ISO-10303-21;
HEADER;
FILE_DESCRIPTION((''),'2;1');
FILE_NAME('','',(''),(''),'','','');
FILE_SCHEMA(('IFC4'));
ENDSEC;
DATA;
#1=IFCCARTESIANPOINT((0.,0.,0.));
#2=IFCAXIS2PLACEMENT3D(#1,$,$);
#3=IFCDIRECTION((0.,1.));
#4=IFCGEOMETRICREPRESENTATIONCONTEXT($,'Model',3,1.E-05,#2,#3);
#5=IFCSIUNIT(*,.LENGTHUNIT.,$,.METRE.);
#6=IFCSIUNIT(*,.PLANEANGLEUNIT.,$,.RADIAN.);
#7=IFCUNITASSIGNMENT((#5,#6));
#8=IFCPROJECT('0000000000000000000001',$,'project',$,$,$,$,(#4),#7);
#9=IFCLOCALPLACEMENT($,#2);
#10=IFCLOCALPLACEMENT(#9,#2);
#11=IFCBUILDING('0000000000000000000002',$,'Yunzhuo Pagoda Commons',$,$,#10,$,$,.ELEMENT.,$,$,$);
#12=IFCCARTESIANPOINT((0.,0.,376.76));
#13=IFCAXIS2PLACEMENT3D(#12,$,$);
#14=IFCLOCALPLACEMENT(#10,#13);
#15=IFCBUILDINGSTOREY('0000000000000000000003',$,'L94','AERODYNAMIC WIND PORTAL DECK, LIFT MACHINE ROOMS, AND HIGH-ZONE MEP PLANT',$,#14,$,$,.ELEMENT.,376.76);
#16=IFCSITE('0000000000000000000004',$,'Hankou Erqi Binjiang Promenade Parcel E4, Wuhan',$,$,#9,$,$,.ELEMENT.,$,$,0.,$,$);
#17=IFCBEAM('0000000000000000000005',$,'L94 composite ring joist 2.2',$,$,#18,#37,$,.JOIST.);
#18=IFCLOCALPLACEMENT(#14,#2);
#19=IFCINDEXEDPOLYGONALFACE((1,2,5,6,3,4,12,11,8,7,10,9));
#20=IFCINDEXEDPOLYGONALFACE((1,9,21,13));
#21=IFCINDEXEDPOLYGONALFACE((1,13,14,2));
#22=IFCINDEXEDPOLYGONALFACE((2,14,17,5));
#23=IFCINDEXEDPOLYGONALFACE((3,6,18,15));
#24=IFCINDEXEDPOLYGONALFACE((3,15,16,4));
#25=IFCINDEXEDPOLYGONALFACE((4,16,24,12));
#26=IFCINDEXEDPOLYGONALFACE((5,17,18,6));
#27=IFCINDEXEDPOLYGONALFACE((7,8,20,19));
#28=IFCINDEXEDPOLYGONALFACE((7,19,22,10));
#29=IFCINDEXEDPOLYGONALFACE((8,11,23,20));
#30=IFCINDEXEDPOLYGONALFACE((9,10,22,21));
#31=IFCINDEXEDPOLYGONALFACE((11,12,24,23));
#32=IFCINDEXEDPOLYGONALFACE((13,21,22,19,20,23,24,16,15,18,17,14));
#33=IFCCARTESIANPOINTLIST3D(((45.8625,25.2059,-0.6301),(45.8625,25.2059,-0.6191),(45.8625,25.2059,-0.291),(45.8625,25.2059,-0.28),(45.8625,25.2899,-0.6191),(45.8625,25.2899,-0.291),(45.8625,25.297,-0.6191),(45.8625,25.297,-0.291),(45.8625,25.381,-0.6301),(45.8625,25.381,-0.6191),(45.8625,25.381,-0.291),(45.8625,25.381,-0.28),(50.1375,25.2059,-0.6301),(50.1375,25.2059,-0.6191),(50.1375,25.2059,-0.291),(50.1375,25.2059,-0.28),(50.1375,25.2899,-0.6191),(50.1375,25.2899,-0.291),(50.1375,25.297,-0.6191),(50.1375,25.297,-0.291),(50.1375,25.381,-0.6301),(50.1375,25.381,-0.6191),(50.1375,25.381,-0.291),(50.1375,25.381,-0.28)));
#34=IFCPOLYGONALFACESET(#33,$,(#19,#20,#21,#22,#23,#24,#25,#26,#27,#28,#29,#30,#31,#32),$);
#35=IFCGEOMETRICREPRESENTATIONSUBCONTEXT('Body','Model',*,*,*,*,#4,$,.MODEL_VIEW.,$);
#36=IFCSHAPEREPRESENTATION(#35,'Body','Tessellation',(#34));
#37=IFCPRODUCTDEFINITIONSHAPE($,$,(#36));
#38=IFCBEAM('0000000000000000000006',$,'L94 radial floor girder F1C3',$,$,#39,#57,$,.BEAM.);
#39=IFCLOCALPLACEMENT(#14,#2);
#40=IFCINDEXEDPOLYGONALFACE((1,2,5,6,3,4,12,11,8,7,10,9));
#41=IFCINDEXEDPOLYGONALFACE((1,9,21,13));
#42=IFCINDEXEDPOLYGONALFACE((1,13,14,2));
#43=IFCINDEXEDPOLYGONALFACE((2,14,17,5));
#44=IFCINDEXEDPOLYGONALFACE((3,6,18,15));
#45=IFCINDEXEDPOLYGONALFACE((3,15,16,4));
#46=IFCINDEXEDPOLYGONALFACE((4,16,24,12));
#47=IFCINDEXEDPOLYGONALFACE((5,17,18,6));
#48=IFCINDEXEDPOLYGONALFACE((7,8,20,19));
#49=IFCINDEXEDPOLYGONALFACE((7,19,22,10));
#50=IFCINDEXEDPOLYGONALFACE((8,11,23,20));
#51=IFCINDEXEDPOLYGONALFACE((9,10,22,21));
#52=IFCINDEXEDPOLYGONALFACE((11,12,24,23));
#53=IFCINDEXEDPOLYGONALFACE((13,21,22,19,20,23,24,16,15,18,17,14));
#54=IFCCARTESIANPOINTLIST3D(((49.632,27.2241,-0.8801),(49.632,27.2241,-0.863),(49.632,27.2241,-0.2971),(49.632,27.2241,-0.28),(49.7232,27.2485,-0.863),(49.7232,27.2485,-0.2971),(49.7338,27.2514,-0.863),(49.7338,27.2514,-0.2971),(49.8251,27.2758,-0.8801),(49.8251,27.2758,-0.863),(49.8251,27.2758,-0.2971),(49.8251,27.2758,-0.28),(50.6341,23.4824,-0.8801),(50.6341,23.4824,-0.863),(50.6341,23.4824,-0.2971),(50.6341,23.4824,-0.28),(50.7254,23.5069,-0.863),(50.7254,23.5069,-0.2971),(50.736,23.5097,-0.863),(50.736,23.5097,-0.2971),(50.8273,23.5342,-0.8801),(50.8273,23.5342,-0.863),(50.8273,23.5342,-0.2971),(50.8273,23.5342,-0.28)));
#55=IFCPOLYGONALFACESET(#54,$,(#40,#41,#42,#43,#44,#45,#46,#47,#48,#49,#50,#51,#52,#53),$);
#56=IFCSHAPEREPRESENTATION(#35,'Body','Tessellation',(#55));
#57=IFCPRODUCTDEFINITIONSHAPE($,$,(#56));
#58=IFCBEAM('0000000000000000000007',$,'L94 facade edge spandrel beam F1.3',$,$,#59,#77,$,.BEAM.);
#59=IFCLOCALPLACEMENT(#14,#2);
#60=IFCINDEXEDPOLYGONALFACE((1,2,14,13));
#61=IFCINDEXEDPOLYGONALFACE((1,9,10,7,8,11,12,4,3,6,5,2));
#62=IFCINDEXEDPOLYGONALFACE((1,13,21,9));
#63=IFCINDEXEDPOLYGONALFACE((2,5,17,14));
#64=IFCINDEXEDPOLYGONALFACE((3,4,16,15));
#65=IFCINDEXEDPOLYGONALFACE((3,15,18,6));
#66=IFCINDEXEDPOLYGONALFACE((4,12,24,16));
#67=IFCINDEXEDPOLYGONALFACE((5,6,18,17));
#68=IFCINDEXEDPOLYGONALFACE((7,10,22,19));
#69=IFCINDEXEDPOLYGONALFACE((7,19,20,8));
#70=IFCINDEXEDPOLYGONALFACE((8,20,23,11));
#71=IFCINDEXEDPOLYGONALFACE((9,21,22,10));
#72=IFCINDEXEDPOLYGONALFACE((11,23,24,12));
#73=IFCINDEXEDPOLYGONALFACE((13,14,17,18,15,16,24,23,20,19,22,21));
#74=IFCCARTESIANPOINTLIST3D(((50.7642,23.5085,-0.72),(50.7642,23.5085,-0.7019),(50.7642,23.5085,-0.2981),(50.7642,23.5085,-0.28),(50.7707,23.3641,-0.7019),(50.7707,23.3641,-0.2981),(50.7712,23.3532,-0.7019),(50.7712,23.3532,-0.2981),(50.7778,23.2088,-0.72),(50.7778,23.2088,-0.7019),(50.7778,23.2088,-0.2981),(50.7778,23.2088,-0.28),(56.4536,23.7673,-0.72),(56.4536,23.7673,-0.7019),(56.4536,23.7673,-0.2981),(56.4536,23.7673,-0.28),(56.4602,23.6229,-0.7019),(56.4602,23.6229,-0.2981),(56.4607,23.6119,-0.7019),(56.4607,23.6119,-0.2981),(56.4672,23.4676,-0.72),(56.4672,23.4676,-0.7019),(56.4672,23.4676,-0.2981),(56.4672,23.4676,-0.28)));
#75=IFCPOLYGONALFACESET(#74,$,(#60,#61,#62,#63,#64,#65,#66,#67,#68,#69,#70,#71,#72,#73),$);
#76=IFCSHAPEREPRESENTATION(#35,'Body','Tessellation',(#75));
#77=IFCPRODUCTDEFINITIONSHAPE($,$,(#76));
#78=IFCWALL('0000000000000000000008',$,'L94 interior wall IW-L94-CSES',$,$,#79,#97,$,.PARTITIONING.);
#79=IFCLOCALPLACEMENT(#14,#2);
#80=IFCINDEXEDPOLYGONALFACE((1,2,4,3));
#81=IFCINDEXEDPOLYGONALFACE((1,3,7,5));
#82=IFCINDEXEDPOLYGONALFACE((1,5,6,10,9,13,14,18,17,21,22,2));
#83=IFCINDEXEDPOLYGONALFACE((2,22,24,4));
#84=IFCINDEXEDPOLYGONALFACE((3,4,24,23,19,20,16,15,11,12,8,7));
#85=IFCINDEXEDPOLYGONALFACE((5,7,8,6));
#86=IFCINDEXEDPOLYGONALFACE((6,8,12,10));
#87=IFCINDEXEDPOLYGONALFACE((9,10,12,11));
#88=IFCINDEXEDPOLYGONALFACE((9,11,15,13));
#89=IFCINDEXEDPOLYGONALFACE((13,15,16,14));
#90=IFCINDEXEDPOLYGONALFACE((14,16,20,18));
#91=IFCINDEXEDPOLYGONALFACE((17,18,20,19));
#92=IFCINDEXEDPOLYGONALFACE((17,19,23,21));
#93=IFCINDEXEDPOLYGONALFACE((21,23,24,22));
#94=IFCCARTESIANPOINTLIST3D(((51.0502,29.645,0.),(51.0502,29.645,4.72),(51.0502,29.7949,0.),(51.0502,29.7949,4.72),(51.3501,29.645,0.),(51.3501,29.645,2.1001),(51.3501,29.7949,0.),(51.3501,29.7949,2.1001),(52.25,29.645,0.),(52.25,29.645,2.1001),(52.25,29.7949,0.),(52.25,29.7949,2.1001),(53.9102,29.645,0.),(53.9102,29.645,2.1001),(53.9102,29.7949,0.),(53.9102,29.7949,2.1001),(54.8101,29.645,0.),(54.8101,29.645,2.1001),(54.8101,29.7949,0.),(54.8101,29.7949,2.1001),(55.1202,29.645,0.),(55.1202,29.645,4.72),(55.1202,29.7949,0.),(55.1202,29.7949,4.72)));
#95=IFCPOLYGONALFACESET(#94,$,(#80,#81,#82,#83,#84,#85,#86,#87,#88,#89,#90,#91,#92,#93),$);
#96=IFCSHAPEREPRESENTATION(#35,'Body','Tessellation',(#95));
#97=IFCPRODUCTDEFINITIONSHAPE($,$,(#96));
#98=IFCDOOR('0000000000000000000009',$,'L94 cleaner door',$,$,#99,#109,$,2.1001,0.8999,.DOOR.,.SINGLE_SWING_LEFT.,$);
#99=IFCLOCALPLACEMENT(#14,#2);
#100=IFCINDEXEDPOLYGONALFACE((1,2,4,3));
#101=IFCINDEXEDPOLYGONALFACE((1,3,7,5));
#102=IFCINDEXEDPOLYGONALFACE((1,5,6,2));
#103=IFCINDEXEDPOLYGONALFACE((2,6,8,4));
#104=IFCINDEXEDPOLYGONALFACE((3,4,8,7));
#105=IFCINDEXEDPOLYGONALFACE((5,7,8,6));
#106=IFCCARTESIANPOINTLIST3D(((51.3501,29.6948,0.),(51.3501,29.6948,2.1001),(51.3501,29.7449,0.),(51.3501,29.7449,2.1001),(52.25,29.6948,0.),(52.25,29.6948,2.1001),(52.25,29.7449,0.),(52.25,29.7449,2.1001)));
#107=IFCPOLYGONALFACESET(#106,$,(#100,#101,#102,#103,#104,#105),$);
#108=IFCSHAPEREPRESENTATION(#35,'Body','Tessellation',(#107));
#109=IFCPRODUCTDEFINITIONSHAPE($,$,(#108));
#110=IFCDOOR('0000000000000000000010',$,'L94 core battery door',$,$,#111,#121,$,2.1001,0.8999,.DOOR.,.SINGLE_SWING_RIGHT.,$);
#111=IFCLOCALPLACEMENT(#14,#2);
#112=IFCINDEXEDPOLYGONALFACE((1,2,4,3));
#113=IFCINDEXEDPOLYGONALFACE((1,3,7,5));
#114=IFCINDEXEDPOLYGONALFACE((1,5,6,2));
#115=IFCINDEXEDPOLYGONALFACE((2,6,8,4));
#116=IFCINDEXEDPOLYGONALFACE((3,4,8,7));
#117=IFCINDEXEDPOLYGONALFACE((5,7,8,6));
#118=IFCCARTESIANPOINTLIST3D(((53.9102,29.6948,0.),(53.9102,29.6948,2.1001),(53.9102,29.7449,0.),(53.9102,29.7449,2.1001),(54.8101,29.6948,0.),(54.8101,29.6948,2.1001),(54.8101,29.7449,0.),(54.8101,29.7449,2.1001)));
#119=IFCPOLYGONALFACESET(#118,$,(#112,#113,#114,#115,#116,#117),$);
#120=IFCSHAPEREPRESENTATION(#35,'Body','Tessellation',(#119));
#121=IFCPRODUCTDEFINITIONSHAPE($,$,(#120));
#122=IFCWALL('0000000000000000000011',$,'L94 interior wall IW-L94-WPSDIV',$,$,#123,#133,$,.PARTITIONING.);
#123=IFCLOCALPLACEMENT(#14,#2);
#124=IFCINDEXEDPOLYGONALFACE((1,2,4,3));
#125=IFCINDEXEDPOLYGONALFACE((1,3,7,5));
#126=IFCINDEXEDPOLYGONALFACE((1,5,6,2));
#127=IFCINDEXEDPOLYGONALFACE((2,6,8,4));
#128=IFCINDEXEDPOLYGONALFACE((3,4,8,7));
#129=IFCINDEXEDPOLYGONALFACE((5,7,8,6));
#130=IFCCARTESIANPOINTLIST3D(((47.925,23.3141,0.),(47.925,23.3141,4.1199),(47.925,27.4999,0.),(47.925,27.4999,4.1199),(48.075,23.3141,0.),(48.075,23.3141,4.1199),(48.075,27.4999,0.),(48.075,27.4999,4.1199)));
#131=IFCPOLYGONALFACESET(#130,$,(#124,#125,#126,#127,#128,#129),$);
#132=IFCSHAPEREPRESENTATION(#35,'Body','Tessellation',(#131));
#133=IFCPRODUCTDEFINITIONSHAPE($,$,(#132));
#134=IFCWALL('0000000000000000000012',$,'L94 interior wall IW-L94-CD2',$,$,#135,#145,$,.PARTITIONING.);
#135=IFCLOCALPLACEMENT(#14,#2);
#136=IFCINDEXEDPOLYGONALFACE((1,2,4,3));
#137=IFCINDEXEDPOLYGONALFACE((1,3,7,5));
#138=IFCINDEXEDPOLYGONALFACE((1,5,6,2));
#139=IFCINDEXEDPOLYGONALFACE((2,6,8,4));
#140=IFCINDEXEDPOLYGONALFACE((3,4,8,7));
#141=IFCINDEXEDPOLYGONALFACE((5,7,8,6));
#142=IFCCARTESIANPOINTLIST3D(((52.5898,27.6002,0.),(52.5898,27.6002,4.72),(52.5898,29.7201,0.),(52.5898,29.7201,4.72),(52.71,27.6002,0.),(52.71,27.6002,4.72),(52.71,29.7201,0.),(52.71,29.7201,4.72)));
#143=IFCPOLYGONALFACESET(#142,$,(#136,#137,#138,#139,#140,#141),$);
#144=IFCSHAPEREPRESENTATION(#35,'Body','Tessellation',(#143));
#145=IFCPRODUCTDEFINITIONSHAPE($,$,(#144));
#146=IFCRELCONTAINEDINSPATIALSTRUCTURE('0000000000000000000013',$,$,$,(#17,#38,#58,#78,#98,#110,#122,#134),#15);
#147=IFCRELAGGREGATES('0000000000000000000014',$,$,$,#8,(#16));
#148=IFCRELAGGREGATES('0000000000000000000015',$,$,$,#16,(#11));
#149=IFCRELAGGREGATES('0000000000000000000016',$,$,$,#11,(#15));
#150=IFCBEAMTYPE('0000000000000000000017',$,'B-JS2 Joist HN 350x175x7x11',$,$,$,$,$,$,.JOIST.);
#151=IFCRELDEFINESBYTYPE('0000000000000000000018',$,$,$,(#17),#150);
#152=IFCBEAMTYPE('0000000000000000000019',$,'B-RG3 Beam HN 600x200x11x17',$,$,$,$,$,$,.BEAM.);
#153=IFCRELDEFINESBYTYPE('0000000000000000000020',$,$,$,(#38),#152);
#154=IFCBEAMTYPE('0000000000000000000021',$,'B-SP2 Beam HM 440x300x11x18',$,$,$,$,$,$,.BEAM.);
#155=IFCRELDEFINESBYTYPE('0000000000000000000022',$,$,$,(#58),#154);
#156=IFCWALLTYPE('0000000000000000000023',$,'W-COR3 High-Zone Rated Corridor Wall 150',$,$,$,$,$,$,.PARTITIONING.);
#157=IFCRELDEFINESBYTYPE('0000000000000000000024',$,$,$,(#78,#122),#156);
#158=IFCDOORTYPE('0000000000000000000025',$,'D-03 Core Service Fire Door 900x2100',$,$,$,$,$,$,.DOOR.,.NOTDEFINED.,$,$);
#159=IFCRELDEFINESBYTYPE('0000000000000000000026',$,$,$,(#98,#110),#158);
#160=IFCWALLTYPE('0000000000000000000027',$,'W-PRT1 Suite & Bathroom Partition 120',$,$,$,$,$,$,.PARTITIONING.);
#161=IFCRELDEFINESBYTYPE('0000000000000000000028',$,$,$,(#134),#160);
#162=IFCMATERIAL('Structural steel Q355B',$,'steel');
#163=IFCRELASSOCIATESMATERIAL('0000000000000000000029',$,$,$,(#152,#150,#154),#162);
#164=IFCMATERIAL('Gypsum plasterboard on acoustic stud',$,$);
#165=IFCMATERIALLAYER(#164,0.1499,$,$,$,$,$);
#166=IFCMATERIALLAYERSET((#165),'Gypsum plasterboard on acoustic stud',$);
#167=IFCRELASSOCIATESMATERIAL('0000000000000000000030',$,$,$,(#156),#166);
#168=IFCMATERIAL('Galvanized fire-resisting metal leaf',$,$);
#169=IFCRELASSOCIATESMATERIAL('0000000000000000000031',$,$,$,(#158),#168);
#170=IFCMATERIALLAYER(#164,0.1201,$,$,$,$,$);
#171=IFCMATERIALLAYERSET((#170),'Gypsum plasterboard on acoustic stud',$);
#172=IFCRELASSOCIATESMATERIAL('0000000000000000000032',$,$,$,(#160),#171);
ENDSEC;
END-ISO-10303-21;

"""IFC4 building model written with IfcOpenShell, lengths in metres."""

from ifc_helpers import new_model, si_unit, direction, frame, frame_2d, origin, origin_with_axes, origin_2d, place, context, subcontext, project, spatial, rectangle, i_section, extrude, source, transform, mapped, material, layer, layer_set, material_profile, profile_set, type_object, element, fill, save


model = new_model("IFC4")

# Units and contexts
model_context = context("Model", 3, precision=1e-05, world=origin(), true_north=direction((0.0, 1.0)))
body_context = subcontext(model_context, "Body", "Model", "MODEL_VIEW")
ifc_project = project(units=[si_unit("LENGTHUNIT", "METRE"), si_unit("PLANEANGLEUNIT", "RADIAN")], contexts=[model_context])

# Site, building, storey
site_placement = place(None, origin())
site = spatial("IfcSite", under=ifc_project, at=site_placement, Name="Hankou Erqi Binjiang Promenade Parcel E4, Wuhan", CompositionType="ELEMENT", RefElevation=0.0)
building_placement = place(site_placement, origin())
building = spatial("IfcBuilding", under=site, at=building_placement, Name="Yunzhuo Pagoda Commons", CompositionType="ELEMENT")
storey_placement = place(building_placement, frame((0.0, 0.0, 376.76)))
storey = spatial("IfcBuildingStorey", under=building, at=storey_placement, Name="L94", Description="AERODYNAMIC WIND PORTAL DECK, LIFT MACHINE ROOMS, AND HIGH-ZONE MEP PLANT", CompositionType="ELEMENT", Elevation=376.76)

# Shared definitions
ifc_material_1 = material(Name="Structural steel Q355B", Category="steel")

# Beams
ifc_material_profile_1 = material_profile(ifc_material_1, i_section(OverallWidth=0.2, OverallDepth=0.6001, WebThickness=0.011, FlangeThickness=0.0171, at=origin_2d()), Name="Structural steel Q355B")
ifc_profile_set_1 = profile_set([ifc_material_profile_1], Name="Structural steel Q355B")
beam_type_1 = type_object("IfcBeamType", Name="B-RG3 Beam HN 600x200x11x17", PredefinedType="BEAM", material=ifc_profile_set_1)
ifc_material_profile_2 = material_profile(ifc_material_1, i_section(OverallWidth=0.175, OverallDepth=0.3501, WebThickness=0.0071, FlangeThickness=0.011, at=origin_2d()), Name="Structural steel Q355B")
ifc_profile_set_2 = profile_set([ifc_material_profile_2], Name="Structural steel Q355B")
beam_type_2 = type_object("IfcBeamType", Name="B-JS2 Joist HN 350x175x7x11", PredefinedType="JOIST", material=ifc_profile_set_2)
shared_shape_1 = source(origin(), body_context, "Body", "SweptSolid", [
    extrude(i_section(OverallWidth=0.175, OverallDepth=0.3501, WebThickness=0.0071, FlangeThickness=0.011, at=origin_2d()), origin(), (0.0, 0.0, 1.0), 4.2749),
])
beam_1_placement = place(storey_placement, frame((45.8625, 25.2935, -0.4551), z_axis=(1.0, 0.0, 0.0), x_axis=(0.0, 1.0, 0.0)))
element("IfcBeam", 1, at=beam_1_placement, inside=storey, type_object=beam_type_2, Name="L94 composite ring joist 2.2", PredefinedType="JOIST", context=body_context, shape_type="MappedRepresentation", body=[
    mapped(shared_shape_1, transform((0.0, 0.0, 0.0), scale=1.0)),
])
shared_shape_2 = source(origin(), body_context, "Body", "SweptSolid", [
    extrude(i_section(OverallWidth=0.2, OverallDepth=0.6001, WebThickness=0.011, FlangeThickness=0.0171, at=origin_2d()), origin(), (0.0, 0.0, 1.0), 3.8735),
])
beam_2_placement = place(storey_placement, frame((50.7307, 23.5083, -0.5801), z_axis=(-0.258726, 0.965951, 0.0), x_axis=(-0.965951, -0.258726, 0.0)))
element("IfcBeam", 2, at=beam_2_placement, inside=storey, type_object=beam_type_1, Name="L94 radial floor girder F1C3", PredefinedType="BEAM", context=body_context, shape_type="MappedRepresentation", body=[
    mapped(shared_shape_2, transform((0.0, 0.0, 0.0), scale=1.0)),
])
ifc_material_profile_3 = material_profile(ifc_material_1, i_section(OverallWidth=0.3, OverallDepth=0.4399, WebThickness=0.011, FlangeThickness=0.0181, at=origin_2d()), Name="Structural steel Q355B")
ifc_profile_set_3 = profile_set([ifc_material_profile_3], Name="Structural steel Q355B")
beam_type_3 = type_object("IfcBeamType", Name="B-SP2 Beam HM 440x300x11x18", PredefinedType="BEAM", material=ifc_profile_set_3)
shared_shape_3 = source(origin(), body_context, "Body", "SweptSolid", [
    extrude(i_section(OverallWidth=0.3, OverallDepth=0.4399, WebThickness=0.011, FlangeThickness=0.0181, at=origin_2d()), origin(), (0.0, 0.0, 1.0), 5.6953),
])
beam_3_placement = place(storey_placement, frame((50.771, 23.3586, -0.5), z_axis=(0.998967, 0.045439, 0.0), x_axis=(-0.045439, 0.998967, 0.0)))
element("IfcBeam", 3, at=beam_3_placement, inside=storey, type_object=beam_type_3, Name="L94 facade edge spandrel beam F1.3", PredefinedType="BEAM", context=body_context, shape_type="MappedRepresentation", body=[
    mapped(shared_shape_3, transform((0.0, 0.0, 0.0), scale=1.0)),
])

# Wall, openings, doors
ifc_material_2 = material(Name="Gypsum plasterboard on acoustic stud")
ifc_layer_1 = layer(ifc_material_2, 0.1499)
ifc_layer_set_1 = layer_set([ifc_layer_1], Name="Gypsum plasterboard on acoustic stud")
wall_type_1 = type_object("IfcWallType", Name="W-COR3 High-Zone Rated Corridor Wall 150", PredefinedType="PARTITIONING", material=ifc_layer_set_1)
wall_1_placement = place(storey_placement, frame((51.05, 29.72, 0.0), z_axis=(0.0, 0.0, 1.0), x_axis=(1.0, 0.0, 0.0)))
wall_1 = element("IfcWall", 4, at=wall_1_placement, inside=storey, type_object=wall_type_1, Name="L94 interior wall IW-L94-CSES", PredefinedType="PARTITIONING", context=body_context, shape_type="SweptSolid", body=[
    extrude(rectangle(XDim=4.0701, YDim=0.1499, at=frame_2d((2.0352, 0.0))), origin(), (0.0, 0.0, 1.0), 4.72),
])
opening_1_placement = place(wall_1_placement, frame((0.3, 0.0, 0.0)))
opening_1 = element("IfcOpeningElement", 5, at=opening_1_placement, cuts=wall_1, PredefinedType="OPENING", context=body_context, shape_type="SweptSolid", body=[
    extrude(rectangle(XDim=0.8999, YDim=2.1001, at=frame_2d((0.45, 1.05))), frame((0.0, 0.085, 0.0), z_axis=(0.0, -1.0, 0.0), x_axis=(1.0, 0.0, 0.0)), (0.0, 0.0, 1.0), 0.1699),
])
opening_2_placement = place(wall_1_placement, frame((2.8601, 0.0, 0.0)))
opening_2 = element("IfcOpeningElement", 6, at=opening_2_placement, cuts=wall_1, PredefinedType="OPENING", context=body_context, shape_type="SweptSolid", body=[
    extrude(rectangle(XDim=0.8999, YDim=2.1001, at=frame_2d((0.45, 1.05))), frame((0.0, 0.085, 0.0), z_axis=(0.0, -1.0, 0.0), x_axis=(1.0, 0.0, 0.0)), (0.0, 0.0, 1.0), 0.1699),
])
ifc_material_3 = material(Name="Galvanized fire-resisting metal leaf")
door_type_1 = type_object("IfcDoorType", Name="D-03 Core Service Fire Door 900x2100", OperationType="NOTDEFINED", PredefinedType="DOOR", material=ifc_material_3)
shared_shape_4 = source(origin(), body_context, "Body", "SweptSolid", [
    extrude(rectangle(XDim=0.8999, YDim=2.1001, at=frame_2d((0.45, 1.05))), frame((0.0, 0.0249, 0.0), z_axis=(0.0, -1.0, 0.0), x_axis=(1.0, 0.0, 0.0)), (0.0, 0.0, 1.0), 0.05),
])
door_1_placement = place(opening_1_placement, origin_with_axes())
door_1 = element("IfcDoor", 7, at=door_1_placement, inside=storey, type_object=door_type_1, Name="L94 cleaner door", OperationType="SINGLE_SWING_LEFT", OverallHeight=2.1001, OverallWidth=0.8999, PredefinedType="DOOR", context=body_context, shape_type="MappedRepresentation", body=[
    mapped(shared_shape_4, transform((0.0, 0.0, 0.0), scale=1.0)),
])
fill(opening_1, door_1)
door_2_placement = place(opening_2_placement, origin_with_axes())
door_2 = element("IfcDoor", 8, at=door_2_placement, inside=storey, type_object=door_type_1, Name="L94 core battery door", OperationType="SINGLE_SWING_RIGHT", OverallHeight=2.1001, OverallWidth=0.8999, PredefinedType="DOOR", context=body_context, shape_type="MappedRepresentation", body=[
    mapped(shared_shape_4, transform((0.0, 0.0, 0.0), scale=1.0)),
])
fill(opening_2, door_2)

# Walls
wall_2_placement = place(storey_placement, frame((48.0, 23.3142, 0.0), z_axis=(0.0, 0.0, 1.0), x_axis=(0.0, 1.0, 0.0)))
element("IfcWall", 9, at=wall_2_placement, inside=storey, type_object=wall_type_1, Name="L94 interior wall IW-L94-WPSDIV", PredefinedType="PARTITIONING", context=body_context, shape_type="SweptSolid", body=[
    extrude(rectangle(XDim=4.1858, YDim=0.1499, at=frame_2d((2.0928, 0.0))), origin(), (0.0, 0.0, 1.0), 4.1199),
])
ifc_layer_2 = layer(ifc_material_2, 0.1201)
ifc_layer_set_2 = layer_set([ifc_layer_2], Name="Gypsum plasterboard on acoustic stud")
wall_type_2 = type_object("IfcWallType", Name="W-PRT1 Suite & Bathroom Partition 120", PredefinedType="PARTITIONING", material=ifc_layer_set_2)
wall_3_placement = place(storey_placement, frame((52.6499, 27.6001, 0.0), z_axis=(0.0, 0.0, 1.0), x_axis=(0.0, 1.0, 0.0)))
element("IfcWall", 10, at=wall_3_placement, inside=storey, type_object=wall_type_2, Name="L94 interior wall IW-L94-CD2", PredefinedType="PARTITIONING", context=body_context, shape_type="SweptSolid", body=[
    extrude(rectangle(XDim=2.1199, YDim=0.1201, at=frame_2d((1.0601, 0.0))), origin(), (0.0, 0.0, 1.0), 4.72),
])

save(model, "model.ifc")
